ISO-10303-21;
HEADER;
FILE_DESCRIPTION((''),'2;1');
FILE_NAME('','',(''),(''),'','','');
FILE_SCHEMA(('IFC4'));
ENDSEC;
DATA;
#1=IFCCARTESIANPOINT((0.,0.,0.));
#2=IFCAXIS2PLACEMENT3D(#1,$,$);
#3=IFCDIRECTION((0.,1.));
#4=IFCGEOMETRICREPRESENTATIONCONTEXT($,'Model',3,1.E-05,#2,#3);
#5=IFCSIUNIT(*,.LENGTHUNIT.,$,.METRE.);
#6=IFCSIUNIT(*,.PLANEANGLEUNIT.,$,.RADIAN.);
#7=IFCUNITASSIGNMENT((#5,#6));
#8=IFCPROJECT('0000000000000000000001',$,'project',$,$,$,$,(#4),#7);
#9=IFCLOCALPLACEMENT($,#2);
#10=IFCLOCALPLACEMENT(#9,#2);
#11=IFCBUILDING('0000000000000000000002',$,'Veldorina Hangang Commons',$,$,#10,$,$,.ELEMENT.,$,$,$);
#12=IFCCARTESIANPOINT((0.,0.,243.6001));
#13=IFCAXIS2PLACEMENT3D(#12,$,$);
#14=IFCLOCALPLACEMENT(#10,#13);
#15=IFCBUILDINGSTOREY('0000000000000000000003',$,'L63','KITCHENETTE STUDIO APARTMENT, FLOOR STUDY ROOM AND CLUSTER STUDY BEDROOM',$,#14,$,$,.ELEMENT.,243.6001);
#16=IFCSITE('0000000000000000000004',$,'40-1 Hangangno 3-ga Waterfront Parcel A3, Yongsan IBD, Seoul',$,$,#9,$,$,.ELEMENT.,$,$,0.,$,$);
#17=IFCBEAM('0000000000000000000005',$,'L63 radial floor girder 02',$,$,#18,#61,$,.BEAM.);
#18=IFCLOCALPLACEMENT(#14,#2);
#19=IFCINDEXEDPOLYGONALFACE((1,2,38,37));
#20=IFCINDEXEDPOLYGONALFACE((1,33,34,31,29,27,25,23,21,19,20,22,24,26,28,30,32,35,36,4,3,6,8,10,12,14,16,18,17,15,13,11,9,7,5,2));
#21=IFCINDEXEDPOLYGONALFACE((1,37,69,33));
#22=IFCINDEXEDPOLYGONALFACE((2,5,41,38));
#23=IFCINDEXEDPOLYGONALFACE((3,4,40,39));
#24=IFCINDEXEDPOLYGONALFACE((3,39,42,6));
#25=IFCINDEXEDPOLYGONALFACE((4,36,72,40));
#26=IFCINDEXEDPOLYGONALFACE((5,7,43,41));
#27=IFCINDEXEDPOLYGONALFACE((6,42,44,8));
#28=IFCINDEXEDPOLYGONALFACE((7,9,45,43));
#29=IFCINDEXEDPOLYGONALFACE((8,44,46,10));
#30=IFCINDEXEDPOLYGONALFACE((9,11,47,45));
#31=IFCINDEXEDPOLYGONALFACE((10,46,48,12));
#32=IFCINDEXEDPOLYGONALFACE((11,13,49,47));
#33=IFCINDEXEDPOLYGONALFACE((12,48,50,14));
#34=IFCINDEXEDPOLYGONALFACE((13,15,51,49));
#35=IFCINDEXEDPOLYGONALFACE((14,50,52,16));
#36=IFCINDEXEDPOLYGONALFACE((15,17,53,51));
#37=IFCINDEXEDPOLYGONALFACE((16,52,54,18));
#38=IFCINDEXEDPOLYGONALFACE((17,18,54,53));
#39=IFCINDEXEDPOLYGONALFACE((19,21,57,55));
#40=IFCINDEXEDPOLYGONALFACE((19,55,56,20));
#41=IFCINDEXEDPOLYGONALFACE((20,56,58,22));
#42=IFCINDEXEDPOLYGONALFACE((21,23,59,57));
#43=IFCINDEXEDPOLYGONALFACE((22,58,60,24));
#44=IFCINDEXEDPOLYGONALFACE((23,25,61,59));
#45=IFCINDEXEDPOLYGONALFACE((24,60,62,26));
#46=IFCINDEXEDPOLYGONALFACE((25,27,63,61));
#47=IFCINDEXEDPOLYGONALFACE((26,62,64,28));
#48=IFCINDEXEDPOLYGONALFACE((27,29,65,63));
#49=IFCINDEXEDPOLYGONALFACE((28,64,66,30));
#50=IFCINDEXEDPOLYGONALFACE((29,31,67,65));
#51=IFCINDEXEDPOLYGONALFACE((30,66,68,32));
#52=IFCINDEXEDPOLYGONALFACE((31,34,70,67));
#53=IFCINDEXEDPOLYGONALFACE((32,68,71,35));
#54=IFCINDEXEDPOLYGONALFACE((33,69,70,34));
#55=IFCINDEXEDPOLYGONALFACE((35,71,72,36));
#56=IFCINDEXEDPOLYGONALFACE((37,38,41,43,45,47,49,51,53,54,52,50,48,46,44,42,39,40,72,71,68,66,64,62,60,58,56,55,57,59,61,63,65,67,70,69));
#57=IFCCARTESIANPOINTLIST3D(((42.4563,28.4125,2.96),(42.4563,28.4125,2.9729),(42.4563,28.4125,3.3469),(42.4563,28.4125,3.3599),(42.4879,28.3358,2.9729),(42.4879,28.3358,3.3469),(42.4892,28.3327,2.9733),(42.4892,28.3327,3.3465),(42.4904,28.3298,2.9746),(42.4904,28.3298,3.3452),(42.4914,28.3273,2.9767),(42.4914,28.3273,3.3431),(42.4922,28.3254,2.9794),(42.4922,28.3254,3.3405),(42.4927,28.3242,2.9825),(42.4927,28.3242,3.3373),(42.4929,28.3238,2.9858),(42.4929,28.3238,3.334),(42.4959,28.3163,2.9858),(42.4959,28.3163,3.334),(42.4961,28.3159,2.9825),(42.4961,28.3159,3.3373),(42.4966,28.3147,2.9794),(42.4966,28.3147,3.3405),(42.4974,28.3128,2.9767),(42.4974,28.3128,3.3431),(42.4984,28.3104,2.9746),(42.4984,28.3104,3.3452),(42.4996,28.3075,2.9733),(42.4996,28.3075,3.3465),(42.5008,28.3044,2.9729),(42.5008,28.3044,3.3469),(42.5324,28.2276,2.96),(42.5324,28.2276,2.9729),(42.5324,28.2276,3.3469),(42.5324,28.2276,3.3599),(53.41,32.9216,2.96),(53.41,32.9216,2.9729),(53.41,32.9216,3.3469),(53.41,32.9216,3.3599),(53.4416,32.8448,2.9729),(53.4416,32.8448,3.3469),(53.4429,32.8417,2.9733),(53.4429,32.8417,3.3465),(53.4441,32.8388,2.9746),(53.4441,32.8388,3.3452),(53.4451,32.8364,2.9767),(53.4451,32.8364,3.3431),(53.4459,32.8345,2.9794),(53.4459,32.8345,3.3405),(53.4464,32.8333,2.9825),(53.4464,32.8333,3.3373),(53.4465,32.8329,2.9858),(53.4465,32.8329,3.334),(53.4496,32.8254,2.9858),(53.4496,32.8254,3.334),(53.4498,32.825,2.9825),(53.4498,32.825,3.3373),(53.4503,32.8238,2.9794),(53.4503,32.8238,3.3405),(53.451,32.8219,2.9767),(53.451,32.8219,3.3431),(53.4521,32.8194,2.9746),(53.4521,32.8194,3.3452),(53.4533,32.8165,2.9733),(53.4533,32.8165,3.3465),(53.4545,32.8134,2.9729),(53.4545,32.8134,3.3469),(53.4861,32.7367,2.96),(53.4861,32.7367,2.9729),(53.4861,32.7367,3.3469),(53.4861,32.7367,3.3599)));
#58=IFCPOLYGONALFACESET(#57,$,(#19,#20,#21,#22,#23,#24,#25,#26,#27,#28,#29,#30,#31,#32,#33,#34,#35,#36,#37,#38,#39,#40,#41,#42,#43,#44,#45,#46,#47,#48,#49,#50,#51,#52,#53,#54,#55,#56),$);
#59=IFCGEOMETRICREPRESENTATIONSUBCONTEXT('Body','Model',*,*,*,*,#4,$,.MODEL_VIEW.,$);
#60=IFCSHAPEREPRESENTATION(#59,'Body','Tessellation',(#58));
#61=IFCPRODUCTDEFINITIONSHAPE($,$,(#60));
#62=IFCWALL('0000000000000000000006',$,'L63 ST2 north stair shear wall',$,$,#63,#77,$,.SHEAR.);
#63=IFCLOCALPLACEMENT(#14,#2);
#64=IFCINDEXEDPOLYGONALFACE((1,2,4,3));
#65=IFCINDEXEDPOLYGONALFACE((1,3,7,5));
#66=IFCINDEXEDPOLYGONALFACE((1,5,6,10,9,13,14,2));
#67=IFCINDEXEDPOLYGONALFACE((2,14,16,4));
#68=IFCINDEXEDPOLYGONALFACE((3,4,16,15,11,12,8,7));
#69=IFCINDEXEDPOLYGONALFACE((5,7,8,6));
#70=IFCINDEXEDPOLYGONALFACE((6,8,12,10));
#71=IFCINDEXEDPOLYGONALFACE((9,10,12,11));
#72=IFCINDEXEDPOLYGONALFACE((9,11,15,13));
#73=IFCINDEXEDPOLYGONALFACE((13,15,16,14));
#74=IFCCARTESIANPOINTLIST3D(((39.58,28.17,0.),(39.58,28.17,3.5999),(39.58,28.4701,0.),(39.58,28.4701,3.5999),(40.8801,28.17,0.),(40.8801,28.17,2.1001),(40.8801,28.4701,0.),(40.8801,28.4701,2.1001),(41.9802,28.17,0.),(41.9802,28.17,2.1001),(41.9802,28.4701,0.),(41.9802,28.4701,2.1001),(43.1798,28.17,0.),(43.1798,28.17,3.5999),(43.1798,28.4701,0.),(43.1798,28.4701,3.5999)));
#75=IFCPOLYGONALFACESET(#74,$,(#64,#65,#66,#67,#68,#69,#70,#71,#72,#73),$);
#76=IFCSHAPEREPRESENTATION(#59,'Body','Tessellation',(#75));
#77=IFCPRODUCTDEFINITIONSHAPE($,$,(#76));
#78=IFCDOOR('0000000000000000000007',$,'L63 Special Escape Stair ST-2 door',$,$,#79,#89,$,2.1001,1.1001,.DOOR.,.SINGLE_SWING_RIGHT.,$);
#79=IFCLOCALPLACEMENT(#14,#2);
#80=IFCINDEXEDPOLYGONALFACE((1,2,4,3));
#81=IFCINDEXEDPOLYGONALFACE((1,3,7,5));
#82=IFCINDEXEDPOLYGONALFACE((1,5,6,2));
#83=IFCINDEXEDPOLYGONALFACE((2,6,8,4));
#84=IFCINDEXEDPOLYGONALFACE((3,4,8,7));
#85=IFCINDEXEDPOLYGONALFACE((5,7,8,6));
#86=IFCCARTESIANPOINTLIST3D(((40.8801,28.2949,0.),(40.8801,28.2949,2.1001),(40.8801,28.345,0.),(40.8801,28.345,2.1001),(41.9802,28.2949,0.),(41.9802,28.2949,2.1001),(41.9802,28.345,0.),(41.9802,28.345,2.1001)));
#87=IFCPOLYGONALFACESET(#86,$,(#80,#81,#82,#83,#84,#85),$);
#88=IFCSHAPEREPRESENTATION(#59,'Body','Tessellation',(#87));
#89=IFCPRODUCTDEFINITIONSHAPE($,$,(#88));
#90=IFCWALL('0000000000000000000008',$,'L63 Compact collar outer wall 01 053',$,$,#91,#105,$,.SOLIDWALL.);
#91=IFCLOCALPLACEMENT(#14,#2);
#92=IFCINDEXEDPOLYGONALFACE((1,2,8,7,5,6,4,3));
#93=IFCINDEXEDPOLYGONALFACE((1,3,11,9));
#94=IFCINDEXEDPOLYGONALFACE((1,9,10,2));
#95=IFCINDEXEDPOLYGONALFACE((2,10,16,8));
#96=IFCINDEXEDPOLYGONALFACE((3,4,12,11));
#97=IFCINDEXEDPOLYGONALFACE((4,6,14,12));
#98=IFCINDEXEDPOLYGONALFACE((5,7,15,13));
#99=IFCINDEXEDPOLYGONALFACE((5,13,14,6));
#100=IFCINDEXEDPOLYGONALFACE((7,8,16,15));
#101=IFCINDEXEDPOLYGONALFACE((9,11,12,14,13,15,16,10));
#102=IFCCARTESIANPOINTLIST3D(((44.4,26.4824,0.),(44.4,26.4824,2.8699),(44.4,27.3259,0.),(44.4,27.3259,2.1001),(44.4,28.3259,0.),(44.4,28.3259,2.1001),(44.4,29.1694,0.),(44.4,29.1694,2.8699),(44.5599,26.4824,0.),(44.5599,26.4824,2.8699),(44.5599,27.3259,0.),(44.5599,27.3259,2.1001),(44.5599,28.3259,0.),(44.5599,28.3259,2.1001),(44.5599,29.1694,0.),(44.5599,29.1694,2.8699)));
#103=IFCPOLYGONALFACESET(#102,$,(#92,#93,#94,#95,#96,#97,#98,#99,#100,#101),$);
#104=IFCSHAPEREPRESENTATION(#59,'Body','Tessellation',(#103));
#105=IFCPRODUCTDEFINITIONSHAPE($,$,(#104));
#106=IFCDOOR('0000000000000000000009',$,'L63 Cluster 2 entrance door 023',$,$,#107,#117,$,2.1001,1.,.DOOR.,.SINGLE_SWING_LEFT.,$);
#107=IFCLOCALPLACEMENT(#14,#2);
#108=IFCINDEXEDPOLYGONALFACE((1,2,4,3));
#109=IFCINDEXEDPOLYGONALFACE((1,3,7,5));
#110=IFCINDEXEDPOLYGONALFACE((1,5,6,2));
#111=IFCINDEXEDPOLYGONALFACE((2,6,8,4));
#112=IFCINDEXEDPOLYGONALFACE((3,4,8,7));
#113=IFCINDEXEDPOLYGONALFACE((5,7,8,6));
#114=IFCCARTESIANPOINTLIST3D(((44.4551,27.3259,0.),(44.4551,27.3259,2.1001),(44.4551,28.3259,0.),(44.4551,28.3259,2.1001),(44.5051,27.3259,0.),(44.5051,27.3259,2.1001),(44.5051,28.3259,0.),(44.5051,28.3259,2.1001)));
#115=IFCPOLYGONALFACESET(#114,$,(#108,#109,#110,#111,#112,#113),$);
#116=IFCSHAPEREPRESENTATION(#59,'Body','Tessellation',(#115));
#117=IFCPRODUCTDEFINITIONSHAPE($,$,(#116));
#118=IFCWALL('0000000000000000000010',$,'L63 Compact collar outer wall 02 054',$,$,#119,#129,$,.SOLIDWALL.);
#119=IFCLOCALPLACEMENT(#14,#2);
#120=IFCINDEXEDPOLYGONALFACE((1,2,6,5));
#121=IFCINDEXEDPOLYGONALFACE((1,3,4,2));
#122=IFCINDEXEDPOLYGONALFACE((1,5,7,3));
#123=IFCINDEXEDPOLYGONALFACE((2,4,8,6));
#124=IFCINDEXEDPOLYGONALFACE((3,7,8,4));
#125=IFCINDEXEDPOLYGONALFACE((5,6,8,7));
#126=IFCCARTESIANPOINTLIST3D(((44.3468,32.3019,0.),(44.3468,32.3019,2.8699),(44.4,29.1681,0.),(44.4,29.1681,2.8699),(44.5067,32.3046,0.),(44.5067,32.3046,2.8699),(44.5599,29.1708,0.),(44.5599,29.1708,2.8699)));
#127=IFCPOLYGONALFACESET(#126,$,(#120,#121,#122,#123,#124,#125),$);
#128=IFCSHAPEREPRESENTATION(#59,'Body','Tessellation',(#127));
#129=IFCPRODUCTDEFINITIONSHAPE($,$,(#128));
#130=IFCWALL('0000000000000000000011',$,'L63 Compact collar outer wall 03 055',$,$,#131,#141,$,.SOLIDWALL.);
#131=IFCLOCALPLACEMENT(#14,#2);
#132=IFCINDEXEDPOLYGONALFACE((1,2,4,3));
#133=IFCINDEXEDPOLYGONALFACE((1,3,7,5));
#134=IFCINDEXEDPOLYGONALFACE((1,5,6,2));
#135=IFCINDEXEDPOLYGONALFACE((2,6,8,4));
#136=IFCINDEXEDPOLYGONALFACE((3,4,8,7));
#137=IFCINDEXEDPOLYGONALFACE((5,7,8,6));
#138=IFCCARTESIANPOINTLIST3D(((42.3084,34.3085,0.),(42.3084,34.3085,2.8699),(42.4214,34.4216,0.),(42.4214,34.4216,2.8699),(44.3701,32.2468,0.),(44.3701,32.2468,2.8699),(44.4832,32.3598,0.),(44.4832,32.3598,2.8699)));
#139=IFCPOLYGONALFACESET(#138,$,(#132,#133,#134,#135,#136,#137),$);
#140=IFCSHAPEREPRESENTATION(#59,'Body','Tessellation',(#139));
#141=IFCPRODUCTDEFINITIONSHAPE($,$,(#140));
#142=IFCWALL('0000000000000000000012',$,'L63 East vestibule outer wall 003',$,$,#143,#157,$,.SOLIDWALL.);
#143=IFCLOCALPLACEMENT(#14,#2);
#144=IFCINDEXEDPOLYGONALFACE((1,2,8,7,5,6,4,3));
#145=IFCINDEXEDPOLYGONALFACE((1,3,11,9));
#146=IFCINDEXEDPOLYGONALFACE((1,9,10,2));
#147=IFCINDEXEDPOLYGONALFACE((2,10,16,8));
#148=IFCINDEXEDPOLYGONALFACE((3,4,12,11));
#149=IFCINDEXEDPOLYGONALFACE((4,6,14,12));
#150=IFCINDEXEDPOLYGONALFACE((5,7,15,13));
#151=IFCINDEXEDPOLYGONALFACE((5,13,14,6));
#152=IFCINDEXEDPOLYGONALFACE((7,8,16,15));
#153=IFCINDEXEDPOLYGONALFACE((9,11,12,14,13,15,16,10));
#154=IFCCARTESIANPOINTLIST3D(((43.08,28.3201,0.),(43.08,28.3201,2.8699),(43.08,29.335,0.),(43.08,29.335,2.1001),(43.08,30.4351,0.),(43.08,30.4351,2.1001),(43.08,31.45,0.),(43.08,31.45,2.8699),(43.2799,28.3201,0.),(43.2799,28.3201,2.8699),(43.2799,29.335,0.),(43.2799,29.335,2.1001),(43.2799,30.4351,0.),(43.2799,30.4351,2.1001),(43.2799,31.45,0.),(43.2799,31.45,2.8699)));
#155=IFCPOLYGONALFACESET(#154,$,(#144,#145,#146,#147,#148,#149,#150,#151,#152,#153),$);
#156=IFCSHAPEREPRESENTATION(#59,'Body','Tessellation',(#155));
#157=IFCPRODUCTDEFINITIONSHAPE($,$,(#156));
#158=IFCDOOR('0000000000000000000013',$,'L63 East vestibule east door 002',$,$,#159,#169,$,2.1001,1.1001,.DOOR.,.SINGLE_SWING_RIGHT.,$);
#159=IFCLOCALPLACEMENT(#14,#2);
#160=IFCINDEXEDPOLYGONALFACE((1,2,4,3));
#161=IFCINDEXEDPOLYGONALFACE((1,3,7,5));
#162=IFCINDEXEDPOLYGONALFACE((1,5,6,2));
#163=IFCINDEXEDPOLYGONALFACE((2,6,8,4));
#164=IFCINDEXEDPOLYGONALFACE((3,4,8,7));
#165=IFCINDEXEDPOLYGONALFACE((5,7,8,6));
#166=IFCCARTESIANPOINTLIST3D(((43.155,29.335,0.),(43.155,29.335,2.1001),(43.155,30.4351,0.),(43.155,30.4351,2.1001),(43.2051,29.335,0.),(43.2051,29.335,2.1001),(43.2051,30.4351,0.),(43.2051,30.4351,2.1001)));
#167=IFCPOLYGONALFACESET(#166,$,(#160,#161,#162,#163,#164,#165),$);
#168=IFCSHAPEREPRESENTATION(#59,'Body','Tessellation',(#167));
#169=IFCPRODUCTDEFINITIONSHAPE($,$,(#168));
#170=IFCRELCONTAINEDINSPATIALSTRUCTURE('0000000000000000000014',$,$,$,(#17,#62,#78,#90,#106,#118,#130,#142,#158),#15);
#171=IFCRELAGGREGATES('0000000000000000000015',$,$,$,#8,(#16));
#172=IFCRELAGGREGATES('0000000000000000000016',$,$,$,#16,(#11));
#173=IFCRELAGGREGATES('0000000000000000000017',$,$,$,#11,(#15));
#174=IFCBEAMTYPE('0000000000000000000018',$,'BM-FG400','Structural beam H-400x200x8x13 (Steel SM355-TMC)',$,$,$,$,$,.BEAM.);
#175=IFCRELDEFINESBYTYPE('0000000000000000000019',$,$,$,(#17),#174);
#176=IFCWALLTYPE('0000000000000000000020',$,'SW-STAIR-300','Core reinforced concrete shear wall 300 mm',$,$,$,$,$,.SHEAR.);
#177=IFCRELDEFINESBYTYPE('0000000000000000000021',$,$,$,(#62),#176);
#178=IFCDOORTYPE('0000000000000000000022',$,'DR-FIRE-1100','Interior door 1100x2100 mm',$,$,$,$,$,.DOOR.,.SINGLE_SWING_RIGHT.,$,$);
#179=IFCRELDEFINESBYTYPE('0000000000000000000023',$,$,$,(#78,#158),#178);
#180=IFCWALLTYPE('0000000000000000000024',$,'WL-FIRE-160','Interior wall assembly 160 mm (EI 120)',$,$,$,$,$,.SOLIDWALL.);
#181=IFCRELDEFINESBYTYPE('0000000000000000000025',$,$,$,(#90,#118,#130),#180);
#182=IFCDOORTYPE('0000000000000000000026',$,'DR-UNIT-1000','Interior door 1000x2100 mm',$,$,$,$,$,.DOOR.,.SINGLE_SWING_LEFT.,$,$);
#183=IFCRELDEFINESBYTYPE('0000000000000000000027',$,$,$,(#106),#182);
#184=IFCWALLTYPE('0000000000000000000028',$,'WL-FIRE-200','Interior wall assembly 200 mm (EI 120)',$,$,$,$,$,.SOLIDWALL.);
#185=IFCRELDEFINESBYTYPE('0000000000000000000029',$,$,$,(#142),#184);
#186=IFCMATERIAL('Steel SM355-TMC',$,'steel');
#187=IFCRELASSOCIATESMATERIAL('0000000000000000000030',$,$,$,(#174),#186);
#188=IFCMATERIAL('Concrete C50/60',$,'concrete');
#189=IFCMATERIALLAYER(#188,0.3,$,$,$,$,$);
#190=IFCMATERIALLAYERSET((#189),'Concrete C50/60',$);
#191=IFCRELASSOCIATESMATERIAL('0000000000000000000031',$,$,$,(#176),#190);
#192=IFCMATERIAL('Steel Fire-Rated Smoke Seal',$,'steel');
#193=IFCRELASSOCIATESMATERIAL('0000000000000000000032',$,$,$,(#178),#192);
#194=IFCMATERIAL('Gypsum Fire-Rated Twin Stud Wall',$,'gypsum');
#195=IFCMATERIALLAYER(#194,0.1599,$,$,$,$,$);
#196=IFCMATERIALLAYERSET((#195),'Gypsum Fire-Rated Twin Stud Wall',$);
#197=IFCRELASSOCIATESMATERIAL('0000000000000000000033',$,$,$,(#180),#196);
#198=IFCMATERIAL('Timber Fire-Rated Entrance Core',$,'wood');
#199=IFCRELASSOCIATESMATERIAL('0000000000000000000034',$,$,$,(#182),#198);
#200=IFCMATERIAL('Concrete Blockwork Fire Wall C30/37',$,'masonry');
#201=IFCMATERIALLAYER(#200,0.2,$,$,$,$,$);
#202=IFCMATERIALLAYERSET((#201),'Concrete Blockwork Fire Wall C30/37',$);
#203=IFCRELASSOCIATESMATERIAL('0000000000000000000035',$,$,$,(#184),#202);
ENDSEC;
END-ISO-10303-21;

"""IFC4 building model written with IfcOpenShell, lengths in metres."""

from ifc_helpers import new_model, si_unit, direction, frame, frame_2d, origin, origin_2d, place, context, subcontext, project, spatial, rectangle, i_section, extrude, material, layer, layer_set, material_profile, profile_set, type_object, element, fill, save


model = new_model("IFC4")

# Units and contexts
model_context = context("Model", 3, precision=1e-05, world=origin(), true_north=direction((0.0, 1.0)))
body_context = subcontext(model_context, "Body", "Model", "MODEL_VIEW")
ifc_project = project(units=[si_unit("LENGTHUNIT", "METRE"), si_unit("PLANEANGLEUNIT", "RADIAN")], contexts=[model_context])

# Site, building, storey
site_placement = place(None, origin())
site = spatial("IfcSite", under=ifc_project, at=site_placement, Name="40-1 Hangangno 3-ga Waterfront Parcel A3, Yongsan IBD, Seoul", CompositionType="ELEMENT", RefElevation=0.0)
building_placement = place(site_placement, origin())
building = spatial("IfcBuilding", under=site, at=building_placement, Name="Veldorina Hangang Commons", CompositionType="ELEMENT")
storey_placement = place(building_placement, frame((0.0, 0.0, 243.6001)))
storey = spatial("IfcBuildingStorey", under=building, at=storey_placement, Name="L63", Description="KITCHENETTE STUDIO APARTMENT, FLOOR STUDY ROOM AND CLUSTER STUDY BEDROOM", CompositionType="ELEMENT", Elevation=243.6001)

# Beam
ifc_material_1 = material(Name="Steel SM355-TMC", Category="steel")
ifc_material_profile = material_profile(ifc_material_1, i_section(OverallWidth=0.2, OverallDepth=0.3999, WebThickness=0.0081, FlangeThickness=0.0129, FilletRadius=0.0129, at=origin_2d()), Name="H-400x200x8x13")
ifc_profile_set = profile_set([ifc_material_profile], Name="Steel SM355-TMC")
beam_type = type_object("IfcBeamType", Name="BM-FG400", Description="Structural beam H-400x200x8x13 (Steel SM355-TMC)", PredefinedType="BEAM", material=ifc_profile_set)
beam_placement = place(storey_placement, frame((42.4944, 28.3201, 3.1599), z_axis=(0.924716, 0.380658, 0.0), x_axis=(-0.380658, 0.924716, 0.0)))
element("IfcBeam", 1, at=beam_placement, inside=storey, type_object=beam_type, Name="L63 radial floor girder 02", PredefinedType="BEAM", context=body_context, shape_type="SweptSolid", body=[
    extrude(i_section(OverallWidth=0.2, OverallDepth=0.3999, WebThickness=0.0081, FlangeThickness=0.0129, FilletRadius=0.0129, at=origin_2d()), origin(), (0.0, 0.0, 1.0), 11.8455),
])

# Walls, openings, doors
ifc_material_2 = material(Name="Concrete C50/60", Category="concrete")
ifc_layer_1 = layer(ifc_material_2, 0.3)
ifc_layer_set_1 = layer_set([ifc_layer_1], Name="Concrete C50/60")
wall_type_1 = type_object("IfcWallType", Name="SW-STAIR-300", Description="Core reinforced concrete shear wall 300 mm", PredefinedType="SHEAR", material=ifc_layer_set_1)
wall_1_placement = place(storey_placement, frame((39.5801, 28.3201, 0.0), z_axis=(0.0, 0.0, 1.0), x_axis=(1.0, 0.0, 0.0)))
wall_1 = element("IfcWall", 2, at=wall_1_placement, inside=storey, type_object=wall_type_1, Name="L63 ST2 north stair shear wall", PredefinedType="SHEAR", context=body_context, shape_type="SweptSolid", body=[
    extrude(rectangle(XDim=3.5999, YDim=0.3, at=frame_2d((1.7998, 0.0))), origin(), (0.0, 0.0, 1.0), 3.5999),
])
opening_1_placement = place(wall_1_placement, frame((1.3, 0.0, 0.0)))
opening_1 = element("IfcOpeningElement", 3, at=opening_1_placement, cuts=wall_1, PredefinedType="OPENING", context=body_context, shape_type="SweptSolid", body=[
    extrude(rectangle(XDim=1.1001, YDim=2.1001, at=frame_2d((0.55, 1.05))), frame((0.0, 0.1602, 0.0), z_axis=(0.0, -1.0, 0.0), x_axis=(1.0, 0.0, 0.0)), (0.0, 0.0, 1.0), 0.3201),
])
ifc_material_3 = material(Name="Steel Fire-Rated Smoke Seal", Category="steel")
door_type_1 = type_object("IfcDoorType", Name="DR-FIRE-1100", Description="Interior door 1100x2100 mm", OperationType="SINGLE_SWING_RIGHT", PredefinedType="DOOR", material=ifc_material_3)
door_1_placement = place(opening_1_placement, origin())
door_1 = element("IfcDoor", 4, at=door_1_placement, inside=storey, type_object=door_type_1, Name="L63 Special Escape Stair ST-2 door", OperationType="SINGLE_SWING_RIGHT", OverallHeight=2.1001, OverallWidth=1.1001, PredefinedType="DOOR", context=body_context, shape_type="SweptSolid", body=[
    extrude(rectangle(XDim=1.1001, YDim=2.1001, at=frame_2d((0.55, 1.05))), frame((0.0, 0.0249, 0.0), z_axis=(0.0, -1.0, 0.0), x_axis=(1.0, 0.0, 0.0)), (0.0, 0.0, 1.0), 0.05),
])
fill(opening_1, door_1)
ifc_material_4 = material(Name="Gypsum Fire-Rated Twin Stud Wall", Category="gypsum")
ifc_layer_2 = layer(ifc_material_4, 0.1599)
ifc_layer_set_2 = layer_set([ifc_layer_2], Name="Gypsum Fire-Rated Twin Stud Wall")
wall_type_2 = type_object("IfcWallType", Name="WL-FIRE-160", Description="Interior wall assembly 160 mm (EI 120)", PredefinedType="SOLIDWALL", material=ifc_layer_set_2)
wall_2_placement = place(storey_placement, frame((44.48, 26.4824, 0.0), z_axis=(0.0, 0.0, 1.0), x_axis=(0.0, 1.0, 0.0)))
wall_2 = element("IfcWall", 5, at=wall_2_placement, inside=storey, type_object=wall_type_2, Name="L63 Compact collar outer wall 01 053", PredefinedType="SOLIDWALL", context=body_context, shape_type="SweptSolid", body=[
    extrude(rectangle(XDim=2.687, YDim=0.1599, at=frame_2d((1.3435, 0.0))), origin(), (0.0, 0.0, 1.0), 2.8699),
])
opening_2_placement = place(wall_2_placement, frame((0.8435, 0.0, 0.0)))
opening_2 = element("IfcOpeningElement", 6, at=opening_2_placement, cuts=wall_2, PredefinedType="OPENING", context=body_context, shape_type="SweptSolid", body=[
    extrude(rectangle(XDim=1.0, YDim=2.1001, at=frame_2d((0.5, 1.05))), frame((0.0, 0.0898, 0.0), z_axis=(0.0, -1.0, 0.0), x_axis=(1.0, 0.0, 0.0)), (0.0, 0.0, 1.0), 0.1799),
])
ifc_material_5 = material(Name="Timber Fire-Rated Entrance Core", Category="wood")
door_type_2 = type_object("IfcDoorType", Name="DR-UNIT-1000", Description="Interior door 1000x2100 mm", OperationType="SINGLE_SWING_LEFT", PredefinedType="DOOR", material=ifc_material_5)
door_2_placement = place(opening_2_placement, origin())
door_2 = element("IfcDoor", 7, at=door_2_placement, inside=storey, type_object=door_type_2, Name="L63 Cluster 2 entrance door 023", OperationType="SINGLE_SWING_LEFT", OverallHeight=2.1001, OverallWidth=1.0, PredefinedType="DOOR", context=body_context, shape_type="SweptSolid", body=[
    extrude(rectangle(XDim=1.0, YDim=2.1001, at=frame_2d((0.5, 1.05))), frame((0.0, 0.0249, 0.0), z_axis=(0.0, -1.0, 0.0), x_axis=(1.0, 0.0, 0.0)), (0.0, 0.0, 1.0), 0.05),
])
fill(opening_2, door_2)

# Walls
wall_3_placement = place(storey_placement, frame((44.48, 29.1694, 0.0), z_axis=(0.0, 0.0, 1.0), x_axis=(-0.016981, 0.999856, 0.0)))
element("IfcWall", 8, at=wall_3_placement, inside=storey, type_object=wall_type_2, Name="L63 Compact collar outer wall 02 054", PredefinedType="SOLIDWALL", context=body_context, shape_type="SweptSolid", body=[
    extrude(rectangle(XDim=3.1343, YDim=0.1599, at=frame_2d((1.5671, 0.0))), origin(), (0.0, 0.0, 1.0), 2.8699),
])
wall_4_placement = place(storey_placement, frame((44.4268, 32.3032, 0.0), z_axis=(0.0, 0.0, 1.0), x_axis=(-0.707107, 0.707107, 0.0)))
element("IfcWall", 9, at=wall_4_placement, inside=storey, type_object=wall_type_2, Name="L63 Compact collar outer wall 03 055", PredefinedType="SOLIDWALL", context=body_context, shape_type="SweptSolid", body=[
    extrude(rectangle(XDim=2.9158, YDim=0.1599, at=frame_2d((1.458, 0.0))), origin(), (0.0, 0.0, 1.0), 2.8699),
])

# Wall, opening, door
ifc_material_6 = material(Name="Concrete Blockwork Fire Wall C30/37", Category="masonry")
ifc_layer_3 = layer(ifc_material_6, 0.2)
ifc_layer_set_3 = layer_set([ifc_layer_3], Name="Concrete Blockwork Fire Wall C30/37")
wall_type_3 = type_object("IfcWallType", Name="WL-FIRE-200", Description="Interior wall assembly 200 mm (EI 120)", PredefinedType="SOLIDWALL", material=ifc_layer_set_3)
wall_5_placement = place(storey_placement, frame((43.1799, 28.3201, 0.0), z_axis=(0.0, 0.0, 1.0), x_axis=(0.0, 1.0, 0.0)))
wall_5 = element("IfcWall", 10, at=wall_5_placement, inside=storey, type_object=wall_type_3, Name="L63 East vestibule outer wall 003", PredefinedType="SOLIDWALL", context=body_context, shape_type="SweptSolid", body=[
    extrude(rectangle(XDim=3.1299, YDim=0.2, at=frame_2d((1.5649, 0.0))), origin(), (0.0, 0.0, 1.0), 2.8699),
])
opening_3_placement = place(wall_5_placement, frame((1.0149, 0.0, 0.0)))
opening_3 = element("IfcOpeningElement", 11, at=opening_3_placement, cuts=wall_5, PredefinedType="OPENING", context=body_context, shape_type="SweptSolid", body=[
    extrude(rectangle(XDim=1.1001, YDim=2.1001, at=frame_2d((0.55, 1.05))), frame((0.0, 0.1099, 0.0), z_axis=(0.0, -1.0, 0.0), x_axis=(1.0, 0.0, 0.0)), (0.0, 0.0, 1.0), 0.22),
])
door_3_placement = place(opening_3_placement, origin())
door_3 = element("IfcDoor", 12, at=door_3_placement, inside=storey, type_object=door_type_1, Name="L63 East vestibule east door 002", OperationType="SINGLE_SWING_RIGHT", OverallHeight=2.1001, OverallWidth=1.1001, PredefinedType="DOOR", context=body_context, shape_type="SweptSolid", body=[
    extrude(rectangle(XDim=1.1001, YDim=2.1001, at=frame_2d((0.55, 1.05))), frame((0.0, 0.0249, 0.0), z_axis=(0.0, -1.0, 0.0), x_axis=(1.0, 0.0, 0.0)), (0.0, 0.0, 1.0), 0.05),
])
fill(opening_3, door_3)

save(model, "model.ifc")
